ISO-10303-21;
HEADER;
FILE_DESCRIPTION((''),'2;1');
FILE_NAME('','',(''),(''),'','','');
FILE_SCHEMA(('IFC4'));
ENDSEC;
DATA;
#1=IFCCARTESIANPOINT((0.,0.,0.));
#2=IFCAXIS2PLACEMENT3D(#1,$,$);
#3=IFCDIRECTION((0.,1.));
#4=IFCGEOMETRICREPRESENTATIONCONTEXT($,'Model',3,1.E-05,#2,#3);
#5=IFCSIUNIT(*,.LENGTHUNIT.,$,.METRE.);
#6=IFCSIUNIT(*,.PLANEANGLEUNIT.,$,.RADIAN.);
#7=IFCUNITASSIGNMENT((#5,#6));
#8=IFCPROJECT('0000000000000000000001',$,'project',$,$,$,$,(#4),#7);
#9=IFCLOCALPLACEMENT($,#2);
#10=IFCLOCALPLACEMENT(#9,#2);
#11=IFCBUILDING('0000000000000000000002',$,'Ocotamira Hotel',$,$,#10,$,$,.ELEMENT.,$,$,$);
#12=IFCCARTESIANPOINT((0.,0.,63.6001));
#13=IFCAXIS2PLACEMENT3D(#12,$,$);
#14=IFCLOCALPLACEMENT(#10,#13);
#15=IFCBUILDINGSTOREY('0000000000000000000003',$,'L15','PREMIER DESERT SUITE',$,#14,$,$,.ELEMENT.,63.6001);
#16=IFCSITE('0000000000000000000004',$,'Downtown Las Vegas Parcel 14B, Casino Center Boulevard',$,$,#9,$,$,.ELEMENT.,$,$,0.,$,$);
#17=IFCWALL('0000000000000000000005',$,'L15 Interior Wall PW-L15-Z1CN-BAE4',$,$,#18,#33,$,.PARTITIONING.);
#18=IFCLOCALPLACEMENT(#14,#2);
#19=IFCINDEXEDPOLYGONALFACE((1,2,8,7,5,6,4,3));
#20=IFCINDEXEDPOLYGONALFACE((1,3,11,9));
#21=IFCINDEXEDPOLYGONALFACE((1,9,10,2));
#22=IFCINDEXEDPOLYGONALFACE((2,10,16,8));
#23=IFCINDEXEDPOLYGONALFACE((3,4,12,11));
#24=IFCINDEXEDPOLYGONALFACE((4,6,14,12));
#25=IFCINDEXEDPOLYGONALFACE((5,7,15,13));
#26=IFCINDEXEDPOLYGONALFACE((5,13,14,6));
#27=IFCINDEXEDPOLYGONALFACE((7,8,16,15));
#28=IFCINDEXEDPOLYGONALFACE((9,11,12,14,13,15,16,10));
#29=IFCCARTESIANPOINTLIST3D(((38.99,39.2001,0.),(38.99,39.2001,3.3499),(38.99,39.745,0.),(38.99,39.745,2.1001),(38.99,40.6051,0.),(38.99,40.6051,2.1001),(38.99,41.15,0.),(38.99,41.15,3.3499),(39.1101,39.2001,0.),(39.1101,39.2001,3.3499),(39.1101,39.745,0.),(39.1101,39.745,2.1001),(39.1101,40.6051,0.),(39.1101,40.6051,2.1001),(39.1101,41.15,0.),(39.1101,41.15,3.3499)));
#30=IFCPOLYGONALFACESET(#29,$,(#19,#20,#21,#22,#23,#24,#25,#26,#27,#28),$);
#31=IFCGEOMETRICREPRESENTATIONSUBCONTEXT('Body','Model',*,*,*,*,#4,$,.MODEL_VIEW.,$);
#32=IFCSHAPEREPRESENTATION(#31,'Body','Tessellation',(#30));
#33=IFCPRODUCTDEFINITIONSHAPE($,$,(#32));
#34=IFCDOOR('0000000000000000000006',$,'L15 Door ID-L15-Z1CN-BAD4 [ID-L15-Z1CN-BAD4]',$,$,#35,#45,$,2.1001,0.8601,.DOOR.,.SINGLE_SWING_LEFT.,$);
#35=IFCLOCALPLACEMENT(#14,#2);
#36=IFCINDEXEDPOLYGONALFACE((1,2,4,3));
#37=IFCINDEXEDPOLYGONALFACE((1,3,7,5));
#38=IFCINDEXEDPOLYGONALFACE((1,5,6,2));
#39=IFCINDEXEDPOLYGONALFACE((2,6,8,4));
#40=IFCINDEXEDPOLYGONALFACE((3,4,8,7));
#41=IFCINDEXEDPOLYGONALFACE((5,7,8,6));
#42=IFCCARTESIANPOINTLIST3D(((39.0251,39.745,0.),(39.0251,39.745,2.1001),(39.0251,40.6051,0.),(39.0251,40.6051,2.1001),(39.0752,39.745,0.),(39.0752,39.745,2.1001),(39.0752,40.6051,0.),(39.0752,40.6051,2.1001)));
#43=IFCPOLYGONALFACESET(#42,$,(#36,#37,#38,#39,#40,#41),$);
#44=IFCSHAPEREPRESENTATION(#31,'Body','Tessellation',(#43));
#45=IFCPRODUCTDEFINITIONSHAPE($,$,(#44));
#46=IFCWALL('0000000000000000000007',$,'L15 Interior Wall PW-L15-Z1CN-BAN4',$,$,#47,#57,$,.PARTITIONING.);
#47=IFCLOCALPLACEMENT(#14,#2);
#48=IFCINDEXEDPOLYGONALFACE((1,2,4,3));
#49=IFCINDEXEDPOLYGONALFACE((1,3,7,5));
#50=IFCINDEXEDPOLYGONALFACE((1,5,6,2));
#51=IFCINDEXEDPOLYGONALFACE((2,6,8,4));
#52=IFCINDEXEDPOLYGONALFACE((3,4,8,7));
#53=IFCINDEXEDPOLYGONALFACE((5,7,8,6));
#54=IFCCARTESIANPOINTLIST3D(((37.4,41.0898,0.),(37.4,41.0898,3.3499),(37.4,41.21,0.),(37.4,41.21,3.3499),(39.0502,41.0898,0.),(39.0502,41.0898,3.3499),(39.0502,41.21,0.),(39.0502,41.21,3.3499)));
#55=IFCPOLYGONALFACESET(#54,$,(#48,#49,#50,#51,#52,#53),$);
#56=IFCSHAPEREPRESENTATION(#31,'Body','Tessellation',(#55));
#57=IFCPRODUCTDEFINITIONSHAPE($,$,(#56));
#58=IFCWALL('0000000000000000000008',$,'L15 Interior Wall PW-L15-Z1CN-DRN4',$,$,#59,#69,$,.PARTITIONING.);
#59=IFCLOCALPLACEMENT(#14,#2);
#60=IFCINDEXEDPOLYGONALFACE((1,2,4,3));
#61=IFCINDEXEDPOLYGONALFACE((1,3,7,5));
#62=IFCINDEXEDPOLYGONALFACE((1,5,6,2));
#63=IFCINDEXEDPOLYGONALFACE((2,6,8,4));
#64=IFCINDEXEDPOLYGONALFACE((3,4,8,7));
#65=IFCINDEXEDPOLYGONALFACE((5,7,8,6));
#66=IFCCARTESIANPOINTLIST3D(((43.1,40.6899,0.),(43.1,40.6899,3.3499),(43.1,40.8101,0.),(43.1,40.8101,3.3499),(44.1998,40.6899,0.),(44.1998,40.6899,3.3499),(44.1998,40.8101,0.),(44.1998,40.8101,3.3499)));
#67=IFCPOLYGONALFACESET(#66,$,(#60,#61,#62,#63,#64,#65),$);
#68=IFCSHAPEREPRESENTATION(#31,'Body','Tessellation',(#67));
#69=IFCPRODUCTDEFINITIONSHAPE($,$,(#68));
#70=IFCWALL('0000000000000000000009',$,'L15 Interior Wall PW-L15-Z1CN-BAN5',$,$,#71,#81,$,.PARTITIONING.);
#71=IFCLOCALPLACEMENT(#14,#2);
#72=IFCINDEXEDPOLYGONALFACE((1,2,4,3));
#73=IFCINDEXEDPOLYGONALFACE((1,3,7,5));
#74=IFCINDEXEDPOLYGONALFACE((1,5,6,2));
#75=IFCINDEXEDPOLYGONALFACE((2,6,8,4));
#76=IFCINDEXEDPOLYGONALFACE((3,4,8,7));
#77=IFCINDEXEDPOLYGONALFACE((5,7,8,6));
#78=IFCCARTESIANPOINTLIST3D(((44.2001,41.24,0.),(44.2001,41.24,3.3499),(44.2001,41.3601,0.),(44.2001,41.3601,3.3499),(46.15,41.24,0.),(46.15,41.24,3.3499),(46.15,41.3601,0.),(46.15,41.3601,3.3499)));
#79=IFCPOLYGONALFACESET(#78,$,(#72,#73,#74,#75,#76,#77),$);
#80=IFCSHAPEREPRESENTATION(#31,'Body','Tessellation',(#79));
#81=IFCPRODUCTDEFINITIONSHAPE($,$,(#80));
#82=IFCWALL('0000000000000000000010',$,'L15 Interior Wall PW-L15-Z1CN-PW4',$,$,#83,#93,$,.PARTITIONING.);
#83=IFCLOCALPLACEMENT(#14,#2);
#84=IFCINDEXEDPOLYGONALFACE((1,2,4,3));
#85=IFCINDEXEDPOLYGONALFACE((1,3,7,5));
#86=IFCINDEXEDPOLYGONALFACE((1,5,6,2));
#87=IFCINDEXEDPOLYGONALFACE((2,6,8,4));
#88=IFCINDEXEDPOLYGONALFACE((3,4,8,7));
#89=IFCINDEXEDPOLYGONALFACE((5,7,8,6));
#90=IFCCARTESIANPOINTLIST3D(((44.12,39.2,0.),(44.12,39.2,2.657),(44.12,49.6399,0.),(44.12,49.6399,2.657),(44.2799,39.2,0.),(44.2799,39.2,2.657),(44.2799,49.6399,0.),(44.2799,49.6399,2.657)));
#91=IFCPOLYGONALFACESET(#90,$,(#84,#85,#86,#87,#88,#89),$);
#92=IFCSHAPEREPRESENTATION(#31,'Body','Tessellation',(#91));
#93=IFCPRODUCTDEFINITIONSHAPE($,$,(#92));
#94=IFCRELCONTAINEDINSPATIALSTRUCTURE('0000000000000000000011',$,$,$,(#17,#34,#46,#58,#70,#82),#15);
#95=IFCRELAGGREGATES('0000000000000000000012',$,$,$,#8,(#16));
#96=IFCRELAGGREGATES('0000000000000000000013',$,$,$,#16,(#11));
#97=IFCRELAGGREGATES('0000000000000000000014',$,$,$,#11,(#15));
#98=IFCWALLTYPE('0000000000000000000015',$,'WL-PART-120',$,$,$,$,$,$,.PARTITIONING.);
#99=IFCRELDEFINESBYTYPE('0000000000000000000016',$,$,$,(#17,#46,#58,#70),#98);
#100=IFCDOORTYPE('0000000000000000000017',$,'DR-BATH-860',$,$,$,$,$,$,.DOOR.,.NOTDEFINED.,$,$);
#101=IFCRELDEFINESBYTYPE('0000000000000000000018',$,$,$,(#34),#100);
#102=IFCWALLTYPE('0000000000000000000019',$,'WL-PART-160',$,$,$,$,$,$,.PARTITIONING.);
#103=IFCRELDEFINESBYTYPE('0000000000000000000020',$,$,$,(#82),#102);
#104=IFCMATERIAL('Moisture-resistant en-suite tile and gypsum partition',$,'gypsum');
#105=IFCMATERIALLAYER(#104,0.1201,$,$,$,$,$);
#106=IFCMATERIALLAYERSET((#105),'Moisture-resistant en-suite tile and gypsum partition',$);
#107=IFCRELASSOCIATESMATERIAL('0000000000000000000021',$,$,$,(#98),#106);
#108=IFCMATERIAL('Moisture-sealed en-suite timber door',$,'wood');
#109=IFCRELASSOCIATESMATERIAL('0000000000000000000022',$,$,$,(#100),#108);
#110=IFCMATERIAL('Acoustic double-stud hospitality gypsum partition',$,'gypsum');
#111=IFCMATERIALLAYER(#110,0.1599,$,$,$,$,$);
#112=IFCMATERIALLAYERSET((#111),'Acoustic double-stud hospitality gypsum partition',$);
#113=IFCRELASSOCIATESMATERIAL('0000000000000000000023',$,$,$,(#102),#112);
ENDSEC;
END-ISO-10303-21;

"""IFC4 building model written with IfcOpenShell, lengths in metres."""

from ifc_helpers import new_model, si_unit, direction, frame, frame_2d, origin, place, context, subcontext, project, spatial, rectangle, extrude, source, transform, mapped, material, layer, layer_set, type_object, element, fill, save


model = new_model("IFC4")

# Units and contexts
model_context = context("Model", 3, precision=1e-05, world=origin(), true_north=direction((0.0, 1.0)))
body_context = subcontext(model_context, "Body", "Model", "MODEL_VIEW")
ifc_project = project(units=[si_unit("LENGTHUNIT", "METRE"), si_unit("PLANEANGLEUNIT", "RADIAN")], contexts=[model_context])

# Site, building, storey
site_placement = place(None, origin())
site = spatial("IfcSite", under=ifc_project, at=site_placement, Name="Downtown Las Vegas Parcel 14B, Casino Center Boulevard", CompositionType="ELEMENT", RefElevation=0.0)
building_placement = place(site_placement, origin())
building = spatial("IfcBuilding", under=site, at=building_placement, Name="Ocotamira Hotel", CompositionType="ELEMENT")
storey_placement = place(building_placement, frame((0.0, 0.0, 63.6001)))
storey = spatial("IfcBuildingStorey", under=building, at=storey_placement, Name="L15", Description="PREMIER DESERT SUITE", CompositionType="ELEMENT", Elevation=63.6001)

# Shared definitions
ifc_material_1 = material(Name="Moisture-resistant en-suite tile and gypsum partition", Category="gypsum")
ifc_layer_1 = layer(ifc_material_1, 0.1201)
ifc_layer_set_1 = layer_set([ifc_layer_1], Name="Moisture-resistant en-suite tile and gypsum partition")
wall_type_1 = type_object("IfcWallType", Name="WL-PART-120", PredefinedType="PARTITIONING", material=ifc_layer_set_1)

# Wall, opening, door
wall_1_placement = place(storey_placement, frame((39.05, 39.2, 0.0), z_axis=(0.0, 0.0, 1.0), x_axis=(0.0, 1.0, 0.0)))
wall_1 = element("IfcWall", 1, at=wall_1_placement, inside=storey, type_object=wall_type_1, Name="L15 Interior Wall PW-L15-Z1CN-BAE4", PredefinedType="PARTITIONING", context=body_context, shape_type="SweptSolid", body=[
    extrude(rectangle(XDim=1.95, YDim=0.1201, at=frame_2d((0.9751, 0.0))), origin(), (0.0, 0.0, 1.0), 3.3499),
])
opening_placement = place(wall_1_placement, frame((0.5449, 0.0, 0.0)))
opening = element("IfcOpeningElement", 2, at=opening_placement, cuts=wall_1, PredefinedType="OPENING", context=body_context, shape_type="SweptSolid", body=[
    extrude(rectangle(XDim=0.8601, YDim=2.1001, at=frame_2d((0.4302, 1.05))), frame((0.0, 0.0701, 0.0), z_axis=(0.0, -1.0, 0.0), x_axis=(1.0, 0.0, 0.0)), (0.0, 0.0, 1.0), 0.1401),
])
ifc_material_2 = material(Name="Moisture-sealed en-suite timber door", Category="wood")
door_type = type_object("IfcDoorType", Name="DR-BATH-860", OperationType="NOTDEFINED", PredefinedType="DOOR", material=ifc_material_2)
shared_shape_1 = source(origin(), body_context, "Body", "SweptSolid", [
    extrude(rectangle(XDim=0.8601, YDim=2.1001, at=frame_2d((0.4302, 1.05))), frame((0.0, 0.0249, 0.0), z_axis=(0.0, -1.0, 0.0), x_axis=(1.0, 0.0, 0.0)), (0.0, 0.0, 1.0), 0.05),
])
door_placement = place(opening_placement, origin())
door = element("IfcDoor", 3, at=door_placement, inside=storey, type_object=door_type, Name="L15 Door ID-L15-Z1CN-BAD4 [ID-L15-Z1CN-BAD4]", OperationType="SINGLE_SWING_LEFT", OverallHeight=2.1001, OverallWidth=0.8601, PredefinedType="DOOR", context=body_context, shape_type="MappedRepresentation", body=[
    mapped(shared_shape_1, transform((0.0, 0.0, 0.0), scale=1.0)),
])
fill(opening, door)

# Walls
wall_2_placement = place(storey_placement, frame((37.3999, 41.1499, 0.0), z_axis=(0.0, 0.0, 1.0), x_axis=(1.0, 0.0, 0.0)))
element("IfcWall", 4, at=wall_2_placement, inside=storey, type_object=wall_type_1, Name="L15 Interior Wall PW-L15-Z1CN-BAN4", PredefinedType="PARTITIONING", context=body_context, shape_type="SweptSolid", body=[
    extrude(rectangle(XDim=1.6501, YDim=0.1201, at=frame_2d((0.8252, 0.0))), origin(), (0.0, 0.0, 1.0), 3.3499),
])
wall_3_placement = place(storey_placement, frame((43.1001, 40.75, 0.0), z_axis=(0.0, 0.0, 1.0), x_axis=(1.0, 0.0, 0.0)))
element("IfcWall", 5, at=wall_3_placement, inside=storey, type_object=wall_type_1, Name="L15 Interior Wall PW-L15-Z1CN-DRN4", PredefinedType="PARTITIONING", context=body_context, shape_type="SweptSolid", body=[
    extrude(rectangle(XDim=1.0999, YDim=0.1201, at=frame_2d((0.5498, 0.0))), origin(), (0.0, 0.0, 1.0), 3.3499),
])
wall_4_placement = place(storey_placement, frame((44.2, 41.3, 0.0), z_axis=(0.0, 0.0, 1.0), x_axis=(1.0, 0.0, 0.0)))
element("IfcWall", 6, at=wall_4_placement, inside=storey, type_object=wall_type_1, Name="L15 Interior Wall PW-L15-Z1CN-BAN5", PredefinedType="PARTITIONING", context=body_context, shape_type="SweptSolid", body=[
    extrude(rectangle(XDim=1.95, YDim=0.1201, at=frame_2d((0.9751, 0.0))), origin(), (0.0, 0.0, 1.0), 3.3499),
])
ifc_material_3 = material(Name="Acoustic double-stud hospitality gypsum partition", Category="gypsum")
ifc_layer_2 = layer(ifc_material_3, 0.1599)
ifc_layer_set_2 = layer_set([ifc_layer_2], Name="Acoustic double-stud hospitality gypsum partition")
wall_type_2 = type_object("IfcWallType", Name="WL-PART-160", PredefinedType="PARTITIONING", material=ifc_layer_set_2)
wall_5_placement = place(storey_placement, frame((44.2, 39.2, 0.0), z_axis=(0.0, 0.0, 1.0), x_axis=(0.0, 1.0, 0.0)))
element("IfcWall", 7, at=wall_5_placement, inside=storey, type_object=wall_type_2, Name="L15 Interior Wall PW-L15-Z1CN-PW4", PredefinedType="PARTITIONING", context=body_context, shape_type="SweptSolid", body=[
    extrude(rectangle(XDim=10.4399, YDim=0.1599, at=frame_2d((5.22, 0.0))), origin(), (0.0, 0.0, 1.0), 2.657),
])

save(model, "model.ifc")
